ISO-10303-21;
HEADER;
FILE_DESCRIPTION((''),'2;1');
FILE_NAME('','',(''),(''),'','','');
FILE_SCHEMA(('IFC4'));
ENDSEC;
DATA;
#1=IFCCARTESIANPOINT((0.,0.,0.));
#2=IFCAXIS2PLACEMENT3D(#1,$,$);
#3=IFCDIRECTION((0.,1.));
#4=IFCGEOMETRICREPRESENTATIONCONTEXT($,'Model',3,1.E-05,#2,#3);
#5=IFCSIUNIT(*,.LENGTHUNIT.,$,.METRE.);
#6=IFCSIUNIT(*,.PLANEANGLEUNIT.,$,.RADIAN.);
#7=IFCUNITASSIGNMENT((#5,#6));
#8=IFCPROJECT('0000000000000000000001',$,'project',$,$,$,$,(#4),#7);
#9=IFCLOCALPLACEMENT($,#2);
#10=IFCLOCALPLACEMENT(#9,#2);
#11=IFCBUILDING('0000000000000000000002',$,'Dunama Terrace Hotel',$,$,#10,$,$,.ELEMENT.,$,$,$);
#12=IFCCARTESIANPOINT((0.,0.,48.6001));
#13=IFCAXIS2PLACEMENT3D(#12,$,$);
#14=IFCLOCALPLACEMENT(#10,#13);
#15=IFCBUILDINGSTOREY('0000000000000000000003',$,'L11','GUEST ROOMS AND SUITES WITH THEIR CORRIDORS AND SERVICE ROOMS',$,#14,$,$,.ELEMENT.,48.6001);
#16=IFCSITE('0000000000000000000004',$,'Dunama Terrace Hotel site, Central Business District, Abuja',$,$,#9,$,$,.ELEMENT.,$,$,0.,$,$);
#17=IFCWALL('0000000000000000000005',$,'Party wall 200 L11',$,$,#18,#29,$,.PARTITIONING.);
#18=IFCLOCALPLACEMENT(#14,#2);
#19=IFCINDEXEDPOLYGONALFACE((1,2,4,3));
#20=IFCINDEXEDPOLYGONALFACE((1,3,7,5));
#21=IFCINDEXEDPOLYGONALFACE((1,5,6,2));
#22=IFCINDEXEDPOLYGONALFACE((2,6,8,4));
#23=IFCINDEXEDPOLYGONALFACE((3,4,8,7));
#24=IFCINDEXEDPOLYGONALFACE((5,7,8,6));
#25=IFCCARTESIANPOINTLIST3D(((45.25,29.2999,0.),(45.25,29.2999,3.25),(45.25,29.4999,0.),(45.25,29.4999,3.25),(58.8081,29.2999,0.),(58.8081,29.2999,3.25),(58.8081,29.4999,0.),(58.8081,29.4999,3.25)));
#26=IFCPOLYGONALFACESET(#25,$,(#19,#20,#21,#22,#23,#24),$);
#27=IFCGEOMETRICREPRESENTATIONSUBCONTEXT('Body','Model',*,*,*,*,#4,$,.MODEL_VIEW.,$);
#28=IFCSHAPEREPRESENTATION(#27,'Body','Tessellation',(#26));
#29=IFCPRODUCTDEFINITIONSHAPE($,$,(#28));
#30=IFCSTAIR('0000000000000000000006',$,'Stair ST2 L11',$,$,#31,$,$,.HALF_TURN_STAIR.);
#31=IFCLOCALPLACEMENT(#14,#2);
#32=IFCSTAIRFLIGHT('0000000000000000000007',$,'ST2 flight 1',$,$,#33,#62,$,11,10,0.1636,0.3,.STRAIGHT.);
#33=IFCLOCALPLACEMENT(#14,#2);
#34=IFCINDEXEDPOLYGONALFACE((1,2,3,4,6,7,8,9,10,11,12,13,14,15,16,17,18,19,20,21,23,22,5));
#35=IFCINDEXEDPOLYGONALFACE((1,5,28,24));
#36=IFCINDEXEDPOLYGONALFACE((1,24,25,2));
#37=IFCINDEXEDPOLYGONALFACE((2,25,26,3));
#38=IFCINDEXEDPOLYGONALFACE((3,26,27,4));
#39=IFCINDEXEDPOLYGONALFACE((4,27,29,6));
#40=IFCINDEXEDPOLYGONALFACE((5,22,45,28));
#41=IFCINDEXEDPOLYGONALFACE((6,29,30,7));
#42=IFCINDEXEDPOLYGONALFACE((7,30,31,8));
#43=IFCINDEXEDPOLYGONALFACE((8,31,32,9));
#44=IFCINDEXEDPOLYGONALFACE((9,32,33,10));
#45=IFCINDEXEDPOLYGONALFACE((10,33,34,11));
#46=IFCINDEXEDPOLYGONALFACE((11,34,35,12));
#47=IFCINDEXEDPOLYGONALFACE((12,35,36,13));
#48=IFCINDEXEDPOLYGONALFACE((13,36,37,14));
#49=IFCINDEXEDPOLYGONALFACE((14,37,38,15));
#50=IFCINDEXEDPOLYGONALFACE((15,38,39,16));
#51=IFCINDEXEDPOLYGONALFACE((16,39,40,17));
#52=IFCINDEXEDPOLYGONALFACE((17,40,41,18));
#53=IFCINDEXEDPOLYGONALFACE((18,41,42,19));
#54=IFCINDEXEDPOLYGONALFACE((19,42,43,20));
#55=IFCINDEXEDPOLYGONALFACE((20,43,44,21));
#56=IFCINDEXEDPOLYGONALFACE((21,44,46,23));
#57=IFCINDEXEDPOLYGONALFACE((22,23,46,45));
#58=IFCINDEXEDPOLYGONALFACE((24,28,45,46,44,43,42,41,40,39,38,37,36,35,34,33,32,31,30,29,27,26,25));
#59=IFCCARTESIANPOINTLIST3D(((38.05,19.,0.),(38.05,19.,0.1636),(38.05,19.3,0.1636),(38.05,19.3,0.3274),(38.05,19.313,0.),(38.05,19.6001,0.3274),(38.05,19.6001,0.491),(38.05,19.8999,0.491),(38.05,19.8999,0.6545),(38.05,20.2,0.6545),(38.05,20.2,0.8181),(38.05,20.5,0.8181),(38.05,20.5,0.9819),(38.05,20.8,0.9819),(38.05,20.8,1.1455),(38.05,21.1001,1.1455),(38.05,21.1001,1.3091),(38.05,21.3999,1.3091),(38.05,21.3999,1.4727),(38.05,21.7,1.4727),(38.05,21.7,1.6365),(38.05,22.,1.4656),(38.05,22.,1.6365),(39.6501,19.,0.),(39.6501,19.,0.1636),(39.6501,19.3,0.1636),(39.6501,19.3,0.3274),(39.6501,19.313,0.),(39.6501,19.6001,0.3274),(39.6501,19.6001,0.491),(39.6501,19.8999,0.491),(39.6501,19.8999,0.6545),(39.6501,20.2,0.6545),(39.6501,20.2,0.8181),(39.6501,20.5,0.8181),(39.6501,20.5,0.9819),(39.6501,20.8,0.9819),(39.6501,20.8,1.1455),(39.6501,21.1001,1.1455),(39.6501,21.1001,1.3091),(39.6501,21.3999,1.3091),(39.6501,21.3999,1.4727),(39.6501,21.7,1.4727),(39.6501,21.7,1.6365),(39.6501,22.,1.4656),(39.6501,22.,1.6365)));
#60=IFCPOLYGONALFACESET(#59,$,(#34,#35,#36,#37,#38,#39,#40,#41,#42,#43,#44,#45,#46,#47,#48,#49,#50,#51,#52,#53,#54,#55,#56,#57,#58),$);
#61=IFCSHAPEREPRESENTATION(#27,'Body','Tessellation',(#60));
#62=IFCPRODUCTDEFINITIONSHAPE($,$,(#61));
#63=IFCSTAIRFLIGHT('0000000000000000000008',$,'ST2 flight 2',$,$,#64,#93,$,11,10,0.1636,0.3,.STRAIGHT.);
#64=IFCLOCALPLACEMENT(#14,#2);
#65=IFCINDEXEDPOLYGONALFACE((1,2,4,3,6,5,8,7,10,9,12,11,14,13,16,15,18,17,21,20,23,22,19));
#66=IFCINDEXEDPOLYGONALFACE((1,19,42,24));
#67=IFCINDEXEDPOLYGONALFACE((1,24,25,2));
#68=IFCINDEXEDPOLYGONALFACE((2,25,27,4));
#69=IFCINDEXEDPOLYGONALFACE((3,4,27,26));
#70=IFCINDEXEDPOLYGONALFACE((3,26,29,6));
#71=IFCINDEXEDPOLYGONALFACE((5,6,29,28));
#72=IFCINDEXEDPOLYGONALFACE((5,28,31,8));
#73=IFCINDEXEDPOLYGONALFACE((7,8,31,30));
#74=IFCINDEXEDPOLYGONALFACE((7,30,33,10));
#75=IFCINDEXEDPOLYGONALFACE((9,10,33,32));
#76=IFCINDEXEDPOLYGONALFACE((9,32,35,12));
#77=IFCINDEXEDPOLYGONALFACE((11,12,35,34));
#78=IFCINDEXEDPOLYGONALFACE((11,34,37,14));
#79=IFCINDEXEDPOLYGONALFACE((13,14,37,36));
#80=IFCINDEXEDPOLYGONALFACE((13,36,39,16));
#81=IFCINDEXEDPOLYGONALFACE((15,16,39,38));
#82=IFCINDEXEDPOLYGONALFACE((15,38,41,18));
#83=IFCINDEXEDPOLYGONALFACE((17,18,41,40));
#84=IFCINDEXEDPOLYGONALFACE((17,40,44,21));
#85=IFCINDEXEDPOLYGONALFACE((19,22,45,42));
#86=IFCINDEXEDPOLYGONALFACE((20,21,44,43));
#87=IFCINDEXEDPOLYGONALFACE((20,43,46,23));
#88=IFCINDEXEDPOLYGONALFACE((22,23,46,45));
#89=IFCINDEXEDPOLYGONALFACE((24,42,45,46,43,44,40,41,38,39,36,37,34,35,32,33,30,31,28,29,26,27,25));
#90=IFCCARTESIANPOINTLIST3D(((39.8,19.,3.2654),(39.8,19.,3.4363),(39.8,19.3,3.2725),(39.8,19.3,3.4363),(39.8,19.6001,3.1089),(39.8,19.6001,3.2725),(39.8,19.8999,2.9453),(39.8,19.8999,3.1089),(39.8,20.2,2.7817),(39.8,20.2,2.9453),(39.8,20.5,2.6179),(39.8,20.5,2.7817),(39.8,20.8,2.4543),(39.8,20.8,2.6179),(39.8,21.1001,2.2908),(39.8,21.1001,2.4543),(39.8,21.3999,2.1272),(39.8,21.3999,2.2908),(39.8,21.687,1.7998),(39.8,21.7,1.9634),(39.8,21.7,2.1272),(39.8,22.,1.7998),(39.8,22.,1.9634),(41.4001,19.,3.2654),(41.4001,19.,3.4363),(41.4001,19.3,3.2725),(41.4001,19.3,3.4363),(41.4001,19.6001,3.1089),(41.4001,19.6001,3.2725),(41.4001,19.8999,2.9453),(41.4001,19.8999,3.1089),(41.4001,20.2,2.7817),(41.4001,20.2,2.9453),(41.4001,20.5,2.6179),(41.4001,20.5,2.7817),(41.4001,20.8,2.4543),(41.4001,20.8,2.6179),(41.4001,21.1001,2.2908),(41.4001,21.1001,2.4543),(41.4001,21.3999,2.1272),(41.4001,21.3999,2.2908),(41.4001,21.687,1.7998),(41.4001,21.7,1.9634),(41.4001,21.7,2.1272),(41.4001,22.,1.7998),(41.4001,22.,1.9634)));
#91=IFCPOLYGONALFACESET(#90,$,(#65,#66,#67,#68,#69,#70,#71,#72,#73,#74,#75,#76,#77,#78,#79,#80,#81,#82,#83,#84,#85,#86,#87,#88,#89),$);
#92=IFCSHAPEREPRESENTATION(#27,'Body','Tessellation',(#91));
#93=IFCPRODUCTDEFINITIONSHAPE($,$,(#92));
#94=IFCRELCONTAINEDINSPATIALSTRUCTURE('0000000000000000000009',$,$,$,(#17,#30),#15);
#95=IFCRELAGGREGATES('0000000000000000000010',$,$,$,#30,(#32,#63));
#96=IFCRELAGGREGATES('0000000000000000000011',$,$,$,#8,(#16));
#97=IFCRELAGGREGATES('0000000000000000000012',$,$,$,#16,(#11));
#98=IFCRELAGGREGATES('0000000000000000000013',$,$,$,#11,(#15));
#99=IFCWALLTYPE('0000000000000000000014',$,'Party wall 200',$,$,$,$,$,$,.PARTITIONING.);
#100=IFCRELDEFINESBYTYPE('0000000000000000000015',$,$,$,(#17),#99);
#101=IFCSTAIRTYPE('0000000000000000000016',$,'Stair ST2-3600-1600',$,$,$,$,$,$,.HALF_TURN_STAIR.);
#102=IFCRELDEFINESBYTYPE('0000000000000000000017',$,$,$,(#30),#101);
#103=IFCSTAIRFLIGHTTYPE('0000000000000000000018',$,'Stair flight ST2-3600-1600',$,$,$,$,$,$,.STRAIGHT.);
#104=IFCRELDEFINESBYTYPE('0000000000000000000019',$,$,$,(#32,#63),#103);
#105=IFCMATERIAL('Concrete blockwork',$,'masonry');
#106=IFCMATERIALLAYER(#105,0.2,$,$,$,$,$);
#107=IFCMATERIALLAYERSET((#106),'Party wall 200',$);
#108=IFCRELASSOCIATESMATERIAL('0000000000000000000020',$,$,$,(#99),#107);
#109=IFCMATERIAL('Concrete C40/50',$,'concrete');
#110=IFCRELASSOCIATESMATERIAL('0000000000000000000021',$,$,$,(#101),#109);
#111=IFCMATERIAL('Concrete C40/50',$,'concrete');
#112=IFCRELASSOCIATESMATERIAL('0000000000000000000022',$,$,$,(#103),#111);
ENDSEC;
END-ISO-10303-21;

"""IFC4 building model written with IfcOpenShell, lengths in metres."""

from ifc_helpers import new_model, si_unit, direction, frame, frame_2d, origin, place, context, subcontext, project, spatial, polyline, rectangle, outline, extrude, material, layer, layer_set, type_object, element, aggregate, save


model = new_model("IFC4")

# Units and contexts
model_context = context("Model", 3, precision=1e-05, world=origin(), true_north=direction((0.0, 1.0)))
body_context = subcontext(model_context, "Body", "Model", "MODEL_VIEW")
ifc_project = project(units=[si_unit("LENGTHUNIT", "METRE"), si_unit("PLANEANGLEUNIT", "RADIAN")], contexts=[model_context])

# Site, building, storey
site_placement = place(None, origin())
site = spatial("IfcSite", under=ifc_project, at=site_placement, Name="Dunama Terrace Hotel site, Central Business District, Abuja", CompositionType="ELEMENT", RefElevation=0.0)
building_placement = place(site_placement, origin())
building = spatial("IfcBuilding", under=site, at=building_placement, Name="Dunama Terrace Hotel", CompositionType="ELEMENT")
storey_placement = place(building_placement, frame((0.0, 0.0, 48.6001)))
storey = spatial("IfcBuildingStorey", under=building, at=storey_placement, Name="L11", Description="GUEST ROOMS AND SUITES WITH THEIR CORRIDORS AND SERVICE ROOMS", CompositionType="ELEMENT", Elevation=48.6001)

# Wall
ifc_material_1 = material(Name="Concrete blockwork", Category="masonry")
ifc_layer_1 = layer(ifc_material_1, 0.2)
ifc_layer_set_1 = layer_set([ifc_layer_1], Name="Party wall 200")
wall_type_1 = type_object("IfcWallType", Name="Party wall 200", PredefinedType="PARTITIONING", material=ifc_layer_set_1)
for number, where, z_axis, x_axis, name in (
    (1, (45.25, 29.3999, 0.0), (0.0, 0.0, 1.0), (1.0, 0.0, 0.0), "Party wall 200 L11"),
):
    element("IfcWall", number, at=place(storey_placement, frame(where, z_axis=z_axis, x_axis=x_axis)), inside=storey, type_object=wall_type_1, Name=name, PredefinedType="PARTITIONING", context=body_context, shape_type="SweptSolid", body=[
        extrude(rectangle(XDim=13.5581, YDim=0.2, at=frame_2d((6.7791, 0.0))), origin(), (0.0, 0.0, 1.0), 3.25),
    ])

# Stair, stair flights
ifc_material_2 = material(Name="Concrete C40/50", Category="concrete")
stair_type = type_object("IfcStairType", Name="Stair ST2-3600-1600", PredefinedType="HALF_TURN_STAIR", material=ifc_material_2)
stair_placement = place(storey_placement, origin())
stair = element("IfcStair", 2, at=stair_placement, inside=storey, type_object=stair_type, Name="Stair ST2 L11", PredefinedType="HALF_TURN_STAIR")
ifc_material_3 = material(Name="Concrete C40/50", Category="concrete")
stair_flight_type = type_object("IfcStairFlightType", Name="Stair flight ST2-3600-1600", PredefinedType="STRAIGHT", material=ifc_material_3)
stair_flight_1_placement = place(storey_placement, frame((38.8501, 19.0, 0.0), z_axis=(0.0, 0.0, 1.0), x_axis=(0.0, 1.0, 0.0)))
stair_flight_1 = element("IfcStairFlight", 3, at=stair_flight_1_placement, type_object=stair_flight_type, Name="ST2 flight 1", NumberOfRisers=11, NumberOfTreads=10, PredefinedType="STRAIGHT", RiserHeight=0.1636, TreadLength=0.3, context=body_context, shape_type="SweptSolid", body=[
    extrude(outline(polyline([(0.0, 0.0), (0.0, 0.1636), (0.3, 0.1636), (0.3, 0.3274), (0.6001, 0.3274), (0.6001, 0.491), (0.8999, 0.491), (0.8999, 0.6545), (1.2, 0.6545), (1.2, 0.8181), (1.5, 0.8181), (1.5, 0.9819), (1.8, 0.9819), (1.8, 1.1455), (2.1001, 1.1455), (2.1001, 1.3091), (2.3999, 1.3091), (2.3999, 1.4727), (2.7, 1.4727), (2.7, 1.6365), (3.0, 1.6365), (3.0, 1.8), (3.0, 1.4656), (0.313, 0.0), (0.0, 0.0)])), frame((0.0, 0.8, 0.0), z_axis=(0.0, -1.0, 0.0), x_axis=(1.0, 0.0, 0.0)), (0.0, 0.0, 1.0), 1.6001),
])
stair_flight_2_placement = place(storey_placement, frame((40.6001, 22.0, 1.7998), z_axis=(0.0, 0.0, 1.0), x_axis=(0.0, -1.0, 0.0)))
stair_flight_2 = element("IfcStairFlight", 4, at=stair_flight_2_placement, type_object=stair_flight_type, Name="ST2 flight 2", NumberOfRisers=11, NumberOfTreads=10, PredefinedType="STRAIGHT", RiserHeight=0.1636, TreadLength=0.3, context=body_context, shape_type="SweptSolid", body=[
    extrude(outline(polyline([(0.0, 0.0), (0.0, 0.1636), (0.3, 0.1636), (0.3, 0.3274), (0.6001, 0.3274), (0.6001, 0.491), (0.8999, 0.491), (0.8999, 0.6545), (1.2, 0.6545), (1.2, 0.8181), (1.5, 0.8181), (1.5, 0.9819), (1.8, 0.9819), (1.8, 1.1455), (2.1001, 1.1455), (2.1001, 1.3091), (2.3999, 1.3091), (2.3999, 1.4727), (2.7, 1.4727), (2.7, 1.6365), (3.0, 1.6365), (3.0, 1.8), (3.0, 1.4656), (0.313, 0.0), (0.0, 0.0)])), frame((0.0, 0.8, 0.0), z_axis=(0.0, -1.0, 0.0), x_axis=(1.0, 0.0, 0.0)), (0.0, 0.0, 1.0), 1.6001),
])
aggregate(stair, [stair_flight_1, stair_flight_2])

save(model, "model.ifc")
